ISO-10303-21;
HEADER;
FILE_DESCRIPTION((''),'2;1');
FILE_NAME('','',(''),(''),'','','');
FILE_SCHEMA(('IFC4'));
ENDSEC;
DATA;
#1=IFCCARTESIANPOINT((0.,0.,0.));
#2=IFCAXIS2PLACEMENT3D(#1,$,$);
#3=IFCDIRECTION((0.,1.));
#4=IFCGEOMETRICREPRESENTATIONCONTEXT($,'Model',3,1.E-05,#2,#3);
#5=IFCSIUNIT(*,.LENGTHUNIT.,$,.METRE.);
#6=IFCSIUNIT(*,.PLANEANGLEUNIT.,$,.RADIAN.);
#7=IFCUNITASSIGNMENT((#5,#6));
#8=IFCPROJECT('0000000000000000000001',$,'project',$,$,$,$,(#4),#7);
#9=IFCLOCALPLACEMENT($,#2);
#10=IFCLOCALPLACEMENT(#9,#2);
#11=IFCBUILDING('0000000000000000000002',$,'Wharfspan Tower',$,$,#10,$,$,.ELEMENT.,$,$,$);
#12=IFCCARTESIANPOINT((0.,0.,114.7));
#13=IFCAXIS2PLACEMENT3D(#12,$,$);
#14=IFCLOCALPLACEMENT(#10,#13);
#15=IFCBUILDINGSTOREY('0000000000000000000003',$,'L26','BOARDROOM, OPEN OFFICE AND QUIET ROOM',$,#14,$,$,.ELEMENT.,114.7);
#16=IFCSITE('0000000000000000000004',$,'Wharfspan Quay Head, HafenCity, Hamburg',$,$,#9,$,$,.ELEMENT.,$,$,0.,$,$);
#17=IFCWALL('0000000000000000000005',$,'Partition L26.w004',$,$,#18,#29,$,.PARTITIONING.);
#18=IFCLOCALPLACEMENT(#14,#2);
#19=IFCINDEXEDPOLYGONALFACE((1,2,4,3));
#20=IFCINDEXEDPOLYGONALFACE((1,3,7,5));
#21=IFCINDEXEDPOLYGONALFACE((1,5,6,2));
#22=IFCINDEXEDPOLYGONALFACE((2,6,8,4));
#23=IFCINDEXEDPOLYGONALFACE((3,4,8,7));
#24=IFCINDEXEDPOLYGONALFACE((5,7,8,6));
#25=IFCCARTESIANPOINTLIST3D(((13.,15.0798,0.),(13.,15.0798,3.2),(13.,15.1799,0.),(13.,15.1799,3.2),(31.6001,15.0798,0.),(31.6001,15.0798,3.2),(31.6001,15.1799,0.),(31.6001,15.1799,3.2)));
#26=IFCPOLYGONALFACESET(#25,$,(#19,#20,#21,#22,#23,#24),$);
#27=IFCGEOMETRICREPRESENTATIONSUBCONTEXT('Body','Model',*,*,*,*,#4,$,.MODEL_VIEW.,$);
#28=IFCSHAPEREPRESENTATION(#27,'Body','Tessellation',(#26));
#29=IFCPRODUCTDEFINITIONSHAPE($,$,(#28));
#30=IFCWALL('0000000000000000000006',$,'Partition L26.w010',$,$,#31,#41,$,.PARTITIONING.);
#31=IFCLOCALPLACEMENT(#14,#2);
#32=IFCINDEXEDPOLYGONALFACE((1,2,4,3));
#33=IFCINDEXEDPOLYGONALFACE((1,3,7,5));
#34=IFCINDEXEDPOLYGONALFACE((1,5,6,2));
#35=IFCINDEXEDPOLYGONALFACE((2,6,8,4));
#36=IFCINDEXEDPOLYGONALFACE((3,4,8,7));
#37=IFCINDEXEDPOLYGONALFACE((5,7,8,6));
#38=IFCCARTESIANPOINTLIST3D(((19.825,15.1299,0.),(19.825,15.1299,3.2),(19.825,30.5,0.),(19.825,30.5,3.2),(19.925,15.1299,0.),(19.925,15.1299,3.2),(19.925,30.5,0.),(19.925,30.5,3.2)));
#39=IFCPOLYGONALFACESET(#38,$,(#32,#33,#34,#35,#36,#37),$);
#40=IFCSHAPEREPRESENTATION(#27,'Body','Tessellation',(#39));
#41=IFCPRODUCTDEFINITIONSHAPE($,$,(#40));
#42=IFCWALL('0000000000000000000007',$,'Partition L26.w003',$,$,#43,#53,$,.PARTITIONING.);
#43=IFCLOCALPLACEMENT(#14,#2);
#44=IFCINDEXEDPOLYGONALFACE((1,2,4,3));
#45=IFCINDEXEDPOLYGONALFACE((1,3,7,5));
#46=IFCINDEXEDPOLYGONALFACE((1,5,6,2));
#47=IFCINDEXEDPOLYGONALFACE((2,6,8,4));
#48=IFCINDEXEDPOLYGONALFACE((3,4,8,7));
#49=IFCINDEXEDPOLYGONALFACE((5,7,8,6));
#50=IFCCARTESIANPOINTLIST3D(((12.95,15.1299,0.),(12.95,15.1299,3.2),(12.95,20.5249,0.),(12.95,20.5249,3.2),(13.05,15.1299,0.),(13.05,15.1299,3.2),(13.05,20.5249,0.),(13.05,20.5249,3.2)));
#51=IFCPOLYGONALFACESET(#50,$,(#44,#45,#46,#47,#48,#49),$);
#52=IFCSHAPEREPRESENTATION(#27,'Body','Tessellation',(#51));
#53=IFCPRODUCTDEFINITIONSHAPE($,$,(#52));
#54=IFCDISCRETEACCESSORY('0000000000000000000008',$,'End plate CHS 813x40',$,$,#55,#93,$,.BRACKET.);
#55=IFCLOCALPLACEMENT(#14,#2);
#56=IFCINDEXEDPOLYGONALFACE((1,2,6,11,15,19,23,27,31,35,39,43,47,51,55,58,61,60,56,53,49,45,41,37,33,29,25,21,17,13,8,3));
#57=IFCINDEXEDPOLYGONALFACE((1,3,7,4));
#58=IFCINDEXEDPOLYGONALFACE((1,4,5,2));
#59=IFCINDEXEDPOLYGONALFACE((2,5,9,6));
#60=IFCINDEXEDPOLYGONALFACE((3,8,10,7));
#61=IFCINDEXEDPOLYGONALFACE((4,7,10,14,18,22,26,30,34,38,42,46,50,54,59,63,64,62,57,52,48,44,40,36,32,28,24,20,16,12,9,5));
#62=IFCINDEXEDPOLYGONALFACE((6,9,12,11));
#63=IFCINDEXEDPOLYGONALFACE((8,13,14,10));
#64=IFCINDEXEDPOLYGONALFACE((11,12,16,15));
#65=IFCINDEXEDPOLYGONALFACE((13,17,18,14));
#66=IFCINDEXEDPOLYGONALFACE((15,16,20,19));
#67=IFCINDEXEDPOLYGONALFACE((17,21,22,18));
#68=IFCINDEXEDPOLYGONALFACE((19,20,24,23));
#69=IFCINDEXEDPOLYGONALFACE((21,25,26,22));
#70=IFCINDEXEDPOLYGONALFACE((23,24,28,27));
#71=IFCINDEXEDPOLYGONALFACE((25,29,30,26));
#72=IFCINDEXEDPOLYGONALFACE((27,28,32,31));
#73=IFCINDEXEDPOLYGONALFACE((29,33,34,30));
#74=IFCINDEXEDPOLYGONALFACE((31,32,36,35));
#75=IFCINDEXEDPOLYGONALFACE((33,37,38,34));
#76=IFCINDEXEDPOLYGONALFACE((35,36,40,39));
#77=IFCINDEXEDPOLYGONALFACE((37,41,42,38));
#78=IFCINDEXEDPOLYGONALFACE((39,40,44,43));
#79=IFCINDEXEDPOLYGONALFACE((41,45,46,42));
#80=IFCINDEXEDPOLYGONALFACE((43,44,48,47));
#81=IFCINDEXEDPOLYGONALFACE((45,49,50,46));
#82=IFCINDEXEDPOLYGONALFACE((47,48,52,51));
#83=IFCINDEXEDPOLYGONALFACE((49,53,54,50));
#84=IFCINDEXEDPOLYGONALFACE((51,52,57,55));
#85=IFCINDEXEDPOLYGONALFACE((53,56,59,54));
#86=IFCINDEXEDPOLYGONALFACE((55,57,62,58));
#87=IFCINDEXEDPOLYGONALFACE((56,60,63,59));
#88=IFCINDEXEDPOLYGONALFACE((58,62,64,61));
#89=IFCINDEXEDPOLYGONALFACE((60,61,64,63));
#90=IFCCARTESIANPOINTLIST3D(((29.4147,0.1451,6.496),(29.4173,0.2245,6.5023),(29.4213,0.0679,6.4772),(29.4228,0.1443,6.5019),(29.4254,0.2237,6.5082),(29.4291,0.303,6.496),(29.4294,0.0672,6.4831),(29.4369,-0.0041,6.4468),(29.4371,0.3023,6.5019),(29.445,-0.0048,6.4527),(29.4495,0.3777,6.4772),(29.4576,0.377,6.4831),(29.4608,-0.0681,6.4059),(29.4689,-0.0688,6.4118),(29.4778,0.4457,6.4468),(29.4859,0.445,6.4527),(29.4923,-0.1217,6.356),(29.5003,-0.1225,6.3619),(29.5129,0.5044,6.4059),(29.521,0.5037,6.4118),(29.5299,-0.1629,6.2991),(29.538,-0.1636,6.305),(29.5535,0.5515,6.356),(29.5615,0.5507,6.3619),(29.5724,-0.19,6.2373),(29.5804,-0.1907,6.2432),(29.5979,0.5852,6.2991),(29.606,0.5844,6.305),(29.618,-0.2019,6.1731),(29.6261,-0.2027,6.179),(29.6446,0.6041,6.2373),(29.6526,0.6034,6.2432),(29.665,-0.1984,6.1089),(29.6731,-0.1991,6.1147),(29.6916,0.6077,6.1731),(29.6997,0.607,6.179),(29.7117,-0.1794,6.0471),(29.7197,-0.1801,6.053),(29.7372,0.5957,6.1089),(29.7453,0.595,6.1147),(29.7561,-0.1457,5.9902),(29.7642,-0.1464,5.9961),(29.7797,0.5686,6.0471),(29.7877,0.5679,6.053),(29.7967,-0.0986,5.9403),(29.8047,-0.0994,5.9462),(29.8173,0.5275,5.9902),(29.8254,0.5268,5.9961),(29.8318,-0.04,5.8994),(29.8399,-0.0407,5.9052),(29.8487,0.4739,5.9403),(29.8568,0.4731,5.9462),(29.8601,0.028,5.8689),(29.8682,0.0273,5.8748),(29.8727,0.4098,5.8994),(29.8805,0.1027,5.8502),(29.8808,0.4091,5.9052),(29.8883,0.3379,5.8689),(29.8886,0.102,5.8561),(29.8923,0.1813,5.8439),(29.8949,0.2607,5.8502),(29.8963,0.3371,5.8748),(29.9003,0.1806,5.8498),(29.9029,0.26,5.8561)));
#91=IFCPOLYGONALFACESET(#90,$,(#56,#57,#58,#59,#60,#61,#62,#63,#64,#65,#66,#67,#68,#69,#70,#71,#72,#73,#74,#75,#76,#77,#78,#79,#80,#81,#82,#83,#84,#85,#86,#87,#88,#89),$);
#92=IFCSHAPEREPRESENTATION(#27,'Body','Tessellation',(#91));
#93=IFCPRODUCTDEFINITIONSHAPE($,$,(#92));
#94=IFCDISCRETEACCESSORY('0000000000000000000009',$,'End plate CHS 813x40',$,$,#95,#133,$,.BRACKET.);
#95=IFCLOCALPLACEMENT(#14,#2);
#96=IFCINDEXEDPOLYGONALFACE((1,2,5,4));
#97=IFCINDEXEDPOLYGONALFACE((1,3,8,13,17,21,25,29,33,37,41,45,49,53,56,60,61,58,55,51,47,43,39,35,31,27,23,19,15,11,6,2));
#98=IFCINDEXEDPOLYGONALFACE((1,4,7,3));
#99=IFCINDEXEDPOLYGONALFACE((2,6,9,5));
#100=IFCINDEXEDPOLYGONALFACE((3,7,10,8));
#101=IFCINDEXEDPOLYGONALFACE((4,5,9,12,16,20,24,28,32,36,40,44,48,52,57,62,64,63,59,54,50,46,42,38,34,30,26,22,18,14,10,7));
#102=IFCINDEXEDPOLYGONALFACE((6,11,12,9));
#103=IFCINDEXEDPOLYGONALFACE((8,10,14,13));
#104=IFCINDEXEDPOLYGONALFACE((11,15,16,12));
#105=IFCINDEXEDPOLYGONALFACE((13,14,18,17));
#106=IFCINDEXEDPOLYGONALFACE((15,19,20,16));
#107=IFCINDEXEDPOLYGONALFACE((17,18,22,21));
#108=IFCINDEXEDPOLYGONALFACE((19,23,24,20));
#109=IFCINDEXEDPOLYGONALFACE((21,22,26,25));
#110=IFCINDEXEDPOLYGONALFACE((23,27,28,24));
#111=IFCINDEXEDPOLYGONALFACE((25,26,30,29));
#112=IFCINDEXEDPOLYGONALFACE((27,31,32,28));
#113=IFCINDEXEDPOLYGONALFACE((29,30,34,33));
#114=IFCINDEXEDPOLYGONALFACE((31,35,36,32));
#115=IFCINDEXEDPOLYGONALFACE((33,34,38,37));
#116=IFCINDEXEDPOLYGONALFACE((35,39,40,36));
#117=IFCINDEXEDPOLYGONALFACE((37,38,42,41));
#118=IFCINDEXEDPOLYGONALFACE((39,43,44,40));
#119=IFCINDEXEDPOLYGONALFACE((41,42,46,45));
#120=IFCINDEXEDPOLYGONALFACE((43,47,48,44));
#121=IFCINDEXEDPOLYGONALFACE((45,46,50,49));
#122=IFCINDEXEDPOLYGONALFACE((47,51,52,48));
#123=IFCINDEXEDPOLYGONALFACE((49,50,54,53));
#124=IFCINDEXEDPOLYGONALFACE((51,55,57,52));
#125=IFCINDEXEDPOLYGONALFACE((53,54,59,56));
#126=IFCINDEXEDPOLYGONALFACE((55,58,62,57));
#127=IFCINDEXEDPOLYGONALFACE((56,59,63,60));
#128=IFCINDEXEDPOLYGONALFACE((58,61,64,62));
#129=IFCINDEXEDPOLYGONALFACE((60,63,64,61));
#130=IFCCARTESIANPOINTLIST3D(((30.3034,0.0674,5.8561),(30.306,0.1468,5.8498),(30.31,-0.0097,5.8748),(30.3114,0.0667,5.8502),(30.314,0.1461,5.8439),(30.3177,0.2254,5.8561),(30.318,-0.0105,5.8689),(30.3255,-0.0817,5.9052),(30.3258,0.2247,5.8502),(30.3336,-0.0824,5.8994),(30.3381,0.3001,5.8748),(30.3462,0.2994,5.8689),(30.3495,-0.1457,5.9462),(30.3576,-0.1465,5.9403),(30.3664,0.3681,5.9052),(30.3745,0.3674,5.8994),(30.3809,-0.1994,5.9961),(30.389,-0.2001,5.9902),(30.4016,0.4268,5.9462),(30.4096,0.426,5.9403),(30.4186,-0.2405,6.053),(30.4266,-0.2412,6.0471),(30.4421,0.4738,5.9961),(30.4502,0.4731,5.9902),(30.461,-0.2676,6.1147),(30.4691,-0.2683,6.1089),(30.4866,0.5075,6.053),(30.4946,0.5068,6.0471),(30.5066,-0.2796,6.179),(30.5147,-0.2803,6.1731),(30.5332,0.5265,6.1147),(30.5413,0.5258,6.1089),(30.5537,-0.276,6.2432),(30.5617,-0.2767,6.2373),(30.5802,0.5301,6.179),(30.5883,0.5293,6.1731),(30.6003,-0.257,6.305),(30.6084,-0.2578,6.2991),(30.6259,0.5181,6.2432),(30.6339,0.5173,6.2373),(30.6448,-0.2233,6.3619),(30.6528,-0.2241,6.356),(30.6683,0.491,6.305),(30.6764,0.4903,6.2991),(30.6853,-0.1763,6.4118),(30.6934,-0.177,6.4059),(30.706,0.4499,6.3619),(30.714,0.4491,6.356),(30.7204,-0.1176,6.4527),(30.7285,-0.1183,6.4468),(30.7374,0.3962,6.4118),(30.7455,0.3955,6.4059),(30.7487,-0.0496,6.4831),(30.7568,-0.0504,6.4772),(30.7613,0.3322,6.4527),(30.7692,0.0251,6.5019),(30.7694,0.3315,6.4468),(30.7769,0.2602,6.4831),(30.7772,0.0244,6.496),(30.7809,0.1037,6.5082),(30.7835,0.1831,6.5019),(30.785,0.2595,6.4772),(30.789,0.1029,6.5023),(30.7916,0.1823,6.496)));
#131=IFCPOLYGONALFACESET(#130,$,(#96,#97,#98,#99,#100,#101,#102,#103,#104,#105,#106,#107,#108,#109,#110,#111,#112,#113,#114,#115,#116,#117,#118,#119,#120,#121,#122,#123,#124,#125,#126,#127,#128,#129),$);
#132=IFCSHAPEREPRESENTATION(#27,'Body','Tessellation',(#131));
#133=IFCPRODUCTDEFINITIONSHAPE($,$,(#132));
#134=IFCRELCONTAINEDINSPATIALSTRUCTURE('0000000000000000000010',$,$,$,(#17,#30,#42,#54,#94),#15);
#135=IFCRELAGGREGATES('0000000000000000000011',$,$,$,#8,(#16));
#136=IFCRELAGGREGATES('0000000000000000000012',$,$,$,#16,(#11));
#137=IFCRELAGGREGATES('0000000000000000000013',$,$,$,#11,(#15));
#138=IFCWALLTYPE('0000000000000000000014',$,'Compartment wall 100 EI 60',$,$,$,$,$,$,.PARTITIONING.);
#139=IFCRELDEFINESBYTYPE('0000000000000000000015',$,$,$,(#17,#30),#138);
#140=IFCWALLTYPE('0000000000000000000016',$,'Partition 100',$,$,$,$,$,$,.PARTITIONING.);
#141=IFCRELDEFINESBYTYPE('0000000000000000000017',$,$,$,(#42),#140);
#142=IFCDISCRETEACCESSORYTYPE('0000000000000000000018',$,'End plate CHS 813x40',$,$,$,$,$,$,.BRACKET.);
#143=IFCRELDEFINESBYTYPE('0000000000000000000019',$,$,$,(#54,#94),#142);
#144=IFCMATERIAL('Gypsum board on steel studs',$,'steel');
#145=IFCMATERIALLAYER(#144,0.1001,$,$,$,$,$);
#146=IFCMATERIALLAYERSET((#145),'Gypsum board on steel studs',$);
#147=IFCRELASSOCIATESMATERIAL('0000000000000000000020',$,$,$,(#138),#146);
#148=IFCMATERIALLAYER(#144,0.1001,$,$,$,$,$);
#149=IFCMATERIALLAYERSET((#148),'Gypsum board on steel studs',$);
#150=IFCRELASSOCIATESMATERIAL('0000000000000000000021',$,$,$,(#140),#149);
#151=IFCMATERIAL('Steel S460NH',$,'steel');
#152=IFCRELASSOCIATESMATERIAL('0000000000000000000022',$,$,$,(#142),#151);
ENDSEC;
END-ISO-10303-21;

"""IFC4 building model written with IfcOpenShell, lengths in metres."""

from ifc_helpers import new_model, si_unit, direction, frame, frame_2d, origin, origin_2d, place, context, subcontext, project, spatial, rectangle, circle, extrude, material, layer, layer_set, material_profile, profile_set, type_object, element, save


model = new_model("IFC4")

# Units and contexts
model_context = context("Model", 3, precision=1e-05, world=origin(), true_north=direction((0.0, 1.0)))
body_context = subcontext(model_context, "Body", "Model", "MODEL_VIEW")
ifc_project = project(units=[si_unit("LENGTHUNIT", "METRE"), si_unit("PLANEANGLEUNIT", "RADIAN")], contexts=[model_context])

# Site, building, storey
site_placement = place(None, origin())
site = spatial("IfcSite", under=ifc_project, at=site_placement, Name="Wharfspan Quay Head, HafenCity, Hamburg", CompositionType="ELEMENT", RefElevation=0.0)
building_placement = place(site_placement, origin())
building = spatial("IfcBuilding", under=site, at=building_placement, Name="Wharfspan Tower", CompositionType="ELEMENT")
storey_placement = place(building_placement, frame((0.0, 0.0, 114.7)))
storey = spatial("IfcBuildingStorey", under=building, at=storey_placement, Name="L26", Description="BOARDROOM, OPEN OFFICE AND QUIET ROOM", CompositionType="ELEMENT", Elevation=114.7)

# Shared definitions
ifc_material_1 = material(Name="Steel S460NH", Category="steel")

# Walls
ifc_material_2 = material(Name="Gypsum board on steel studs", Category="steel")
ifc_layer_1 = layer(ifc_material_2, 0.1001)
ifc_layer_set_1 = layer_set([ifc_layer_1], Name="Gypsum board on steel studs")
wall_type_1 = type_object("IfcWallType", Name="Compartment wall 100 EI 60", PredefinedType="PARTITIONING", material=ifc_layer_set_1)
wall_1_placement = place(storey_placement, frame((13.0, 15.1299, 0.0), z_axis=(0.0, 0.0, 1.0), x_axis=(1.0, 0.0, 0.0)))
element("IfcWall", 1, at=wall_1_placement, inside=storey, type_object=wall_type_1, Name="Partition L26.w004", PredefinedType="PARTITIONING", context=body_context, shape_type="SweptSolid", body=[
    extrude(rectangle(XDim=18.6001, YDim=0.1001, at=frame_2d((9.3, 0.0))), origin(), (0.0, 0.0, 1.0), 3.2),
])
wall_2_placement = place(storey_placement, frame((19.875, 15.1299, 0.0), z_axis=(0.0, 0.0, 1.0), x_axis=(0.0, 1.0, 0.0)))
element("IfcWall", 2, at=wall_2_placement, inside=storey, type_object=wall_type_1, Name="Partition L26.w010", PredefinedType="PARTITIONING", context=body_context, shape_type="SweptSolid", body=[
    extrude(rectangle(XDim=15.3701, YDim=0.1001, at=frame_2d((7.6851, 0.0))), origin(), (0.0, 0.0, 1.0), 3.2),
])
ifc_layer_2 = layer(ifc_material_2, 0.1001)
ifc_layer_set_2 = layer_set([ifc_layer_2], Name="Gypsum board on steel studs")
wall_type_2 = type_object("IfcWallType", Name="Partition 100", PredefinedType="PARTITIONING", material=ifc_layer_set_2)
wall_3_placement = place(storey_placement, frame((13.0, 15.1299, 0.0), z_axis=(0.0, 0.0, 1.0), x_axis=(0.0, 1.0, 0.0)))
element("IfcWall", 3, at=wall_3_placement, inside=storey, type_object=wall_type_2, Name="Partition L26.w003", PredefinedType="PARTITIONING", context=body_context, shape_type="SweptSolid", body=[
    extrude(rectangle(XDim=5.395, YDim=0.1001, at=frame_2d((2.6975, 0.0))), origin(), (0.0, 0.0, 1.0), 3.2),
])

# Discrete accessories
ifc_material_profile_1 = material_profile(ifc_material_1, circle(Radius=0.4065, at=origin_2d()))
ifc_profile_set_1 = profile_set([ifc_material_profile_1], Name="Steel S460NH")
discrete_accessory_type = type_object("IfcDiscreteAccessoryType", Name="End plate CHS 813x40", PredefinedType="BRACKET", material=ifc_profile_set_1)
for number, where, z_axis, x_axis, name in (
    (4, (29.6548, 0.2029, 6.1731), (0.806559, -0.073324, 0.586588), (0.090536, 0.99589, 0.0), "End plate CHS 813x40"),
    (5, (30.5515, 0.1245, 6.1731), (-0.806559, 0.073324, 0.586588), (-0.090536, -0.99589, 0.0), "End plate CHS 813x40"),
):
    element("IfcDiscreteAccessory", number, at=place(storey_placement, frame(where, z_axis=z_axis, x_axis=x_axis)), inside=storey, type_object=discrete_accessory_type, Name=name, PredefinedType="BRACKET", context=body_context, shape_type="SweptSolid", body=[
        extrude(circle(Radius=0.4065, at=origin_2d()), origin(), (0.0, 0.0, 1.0), 0.01),
    ])

save(model, "model.ifc")
